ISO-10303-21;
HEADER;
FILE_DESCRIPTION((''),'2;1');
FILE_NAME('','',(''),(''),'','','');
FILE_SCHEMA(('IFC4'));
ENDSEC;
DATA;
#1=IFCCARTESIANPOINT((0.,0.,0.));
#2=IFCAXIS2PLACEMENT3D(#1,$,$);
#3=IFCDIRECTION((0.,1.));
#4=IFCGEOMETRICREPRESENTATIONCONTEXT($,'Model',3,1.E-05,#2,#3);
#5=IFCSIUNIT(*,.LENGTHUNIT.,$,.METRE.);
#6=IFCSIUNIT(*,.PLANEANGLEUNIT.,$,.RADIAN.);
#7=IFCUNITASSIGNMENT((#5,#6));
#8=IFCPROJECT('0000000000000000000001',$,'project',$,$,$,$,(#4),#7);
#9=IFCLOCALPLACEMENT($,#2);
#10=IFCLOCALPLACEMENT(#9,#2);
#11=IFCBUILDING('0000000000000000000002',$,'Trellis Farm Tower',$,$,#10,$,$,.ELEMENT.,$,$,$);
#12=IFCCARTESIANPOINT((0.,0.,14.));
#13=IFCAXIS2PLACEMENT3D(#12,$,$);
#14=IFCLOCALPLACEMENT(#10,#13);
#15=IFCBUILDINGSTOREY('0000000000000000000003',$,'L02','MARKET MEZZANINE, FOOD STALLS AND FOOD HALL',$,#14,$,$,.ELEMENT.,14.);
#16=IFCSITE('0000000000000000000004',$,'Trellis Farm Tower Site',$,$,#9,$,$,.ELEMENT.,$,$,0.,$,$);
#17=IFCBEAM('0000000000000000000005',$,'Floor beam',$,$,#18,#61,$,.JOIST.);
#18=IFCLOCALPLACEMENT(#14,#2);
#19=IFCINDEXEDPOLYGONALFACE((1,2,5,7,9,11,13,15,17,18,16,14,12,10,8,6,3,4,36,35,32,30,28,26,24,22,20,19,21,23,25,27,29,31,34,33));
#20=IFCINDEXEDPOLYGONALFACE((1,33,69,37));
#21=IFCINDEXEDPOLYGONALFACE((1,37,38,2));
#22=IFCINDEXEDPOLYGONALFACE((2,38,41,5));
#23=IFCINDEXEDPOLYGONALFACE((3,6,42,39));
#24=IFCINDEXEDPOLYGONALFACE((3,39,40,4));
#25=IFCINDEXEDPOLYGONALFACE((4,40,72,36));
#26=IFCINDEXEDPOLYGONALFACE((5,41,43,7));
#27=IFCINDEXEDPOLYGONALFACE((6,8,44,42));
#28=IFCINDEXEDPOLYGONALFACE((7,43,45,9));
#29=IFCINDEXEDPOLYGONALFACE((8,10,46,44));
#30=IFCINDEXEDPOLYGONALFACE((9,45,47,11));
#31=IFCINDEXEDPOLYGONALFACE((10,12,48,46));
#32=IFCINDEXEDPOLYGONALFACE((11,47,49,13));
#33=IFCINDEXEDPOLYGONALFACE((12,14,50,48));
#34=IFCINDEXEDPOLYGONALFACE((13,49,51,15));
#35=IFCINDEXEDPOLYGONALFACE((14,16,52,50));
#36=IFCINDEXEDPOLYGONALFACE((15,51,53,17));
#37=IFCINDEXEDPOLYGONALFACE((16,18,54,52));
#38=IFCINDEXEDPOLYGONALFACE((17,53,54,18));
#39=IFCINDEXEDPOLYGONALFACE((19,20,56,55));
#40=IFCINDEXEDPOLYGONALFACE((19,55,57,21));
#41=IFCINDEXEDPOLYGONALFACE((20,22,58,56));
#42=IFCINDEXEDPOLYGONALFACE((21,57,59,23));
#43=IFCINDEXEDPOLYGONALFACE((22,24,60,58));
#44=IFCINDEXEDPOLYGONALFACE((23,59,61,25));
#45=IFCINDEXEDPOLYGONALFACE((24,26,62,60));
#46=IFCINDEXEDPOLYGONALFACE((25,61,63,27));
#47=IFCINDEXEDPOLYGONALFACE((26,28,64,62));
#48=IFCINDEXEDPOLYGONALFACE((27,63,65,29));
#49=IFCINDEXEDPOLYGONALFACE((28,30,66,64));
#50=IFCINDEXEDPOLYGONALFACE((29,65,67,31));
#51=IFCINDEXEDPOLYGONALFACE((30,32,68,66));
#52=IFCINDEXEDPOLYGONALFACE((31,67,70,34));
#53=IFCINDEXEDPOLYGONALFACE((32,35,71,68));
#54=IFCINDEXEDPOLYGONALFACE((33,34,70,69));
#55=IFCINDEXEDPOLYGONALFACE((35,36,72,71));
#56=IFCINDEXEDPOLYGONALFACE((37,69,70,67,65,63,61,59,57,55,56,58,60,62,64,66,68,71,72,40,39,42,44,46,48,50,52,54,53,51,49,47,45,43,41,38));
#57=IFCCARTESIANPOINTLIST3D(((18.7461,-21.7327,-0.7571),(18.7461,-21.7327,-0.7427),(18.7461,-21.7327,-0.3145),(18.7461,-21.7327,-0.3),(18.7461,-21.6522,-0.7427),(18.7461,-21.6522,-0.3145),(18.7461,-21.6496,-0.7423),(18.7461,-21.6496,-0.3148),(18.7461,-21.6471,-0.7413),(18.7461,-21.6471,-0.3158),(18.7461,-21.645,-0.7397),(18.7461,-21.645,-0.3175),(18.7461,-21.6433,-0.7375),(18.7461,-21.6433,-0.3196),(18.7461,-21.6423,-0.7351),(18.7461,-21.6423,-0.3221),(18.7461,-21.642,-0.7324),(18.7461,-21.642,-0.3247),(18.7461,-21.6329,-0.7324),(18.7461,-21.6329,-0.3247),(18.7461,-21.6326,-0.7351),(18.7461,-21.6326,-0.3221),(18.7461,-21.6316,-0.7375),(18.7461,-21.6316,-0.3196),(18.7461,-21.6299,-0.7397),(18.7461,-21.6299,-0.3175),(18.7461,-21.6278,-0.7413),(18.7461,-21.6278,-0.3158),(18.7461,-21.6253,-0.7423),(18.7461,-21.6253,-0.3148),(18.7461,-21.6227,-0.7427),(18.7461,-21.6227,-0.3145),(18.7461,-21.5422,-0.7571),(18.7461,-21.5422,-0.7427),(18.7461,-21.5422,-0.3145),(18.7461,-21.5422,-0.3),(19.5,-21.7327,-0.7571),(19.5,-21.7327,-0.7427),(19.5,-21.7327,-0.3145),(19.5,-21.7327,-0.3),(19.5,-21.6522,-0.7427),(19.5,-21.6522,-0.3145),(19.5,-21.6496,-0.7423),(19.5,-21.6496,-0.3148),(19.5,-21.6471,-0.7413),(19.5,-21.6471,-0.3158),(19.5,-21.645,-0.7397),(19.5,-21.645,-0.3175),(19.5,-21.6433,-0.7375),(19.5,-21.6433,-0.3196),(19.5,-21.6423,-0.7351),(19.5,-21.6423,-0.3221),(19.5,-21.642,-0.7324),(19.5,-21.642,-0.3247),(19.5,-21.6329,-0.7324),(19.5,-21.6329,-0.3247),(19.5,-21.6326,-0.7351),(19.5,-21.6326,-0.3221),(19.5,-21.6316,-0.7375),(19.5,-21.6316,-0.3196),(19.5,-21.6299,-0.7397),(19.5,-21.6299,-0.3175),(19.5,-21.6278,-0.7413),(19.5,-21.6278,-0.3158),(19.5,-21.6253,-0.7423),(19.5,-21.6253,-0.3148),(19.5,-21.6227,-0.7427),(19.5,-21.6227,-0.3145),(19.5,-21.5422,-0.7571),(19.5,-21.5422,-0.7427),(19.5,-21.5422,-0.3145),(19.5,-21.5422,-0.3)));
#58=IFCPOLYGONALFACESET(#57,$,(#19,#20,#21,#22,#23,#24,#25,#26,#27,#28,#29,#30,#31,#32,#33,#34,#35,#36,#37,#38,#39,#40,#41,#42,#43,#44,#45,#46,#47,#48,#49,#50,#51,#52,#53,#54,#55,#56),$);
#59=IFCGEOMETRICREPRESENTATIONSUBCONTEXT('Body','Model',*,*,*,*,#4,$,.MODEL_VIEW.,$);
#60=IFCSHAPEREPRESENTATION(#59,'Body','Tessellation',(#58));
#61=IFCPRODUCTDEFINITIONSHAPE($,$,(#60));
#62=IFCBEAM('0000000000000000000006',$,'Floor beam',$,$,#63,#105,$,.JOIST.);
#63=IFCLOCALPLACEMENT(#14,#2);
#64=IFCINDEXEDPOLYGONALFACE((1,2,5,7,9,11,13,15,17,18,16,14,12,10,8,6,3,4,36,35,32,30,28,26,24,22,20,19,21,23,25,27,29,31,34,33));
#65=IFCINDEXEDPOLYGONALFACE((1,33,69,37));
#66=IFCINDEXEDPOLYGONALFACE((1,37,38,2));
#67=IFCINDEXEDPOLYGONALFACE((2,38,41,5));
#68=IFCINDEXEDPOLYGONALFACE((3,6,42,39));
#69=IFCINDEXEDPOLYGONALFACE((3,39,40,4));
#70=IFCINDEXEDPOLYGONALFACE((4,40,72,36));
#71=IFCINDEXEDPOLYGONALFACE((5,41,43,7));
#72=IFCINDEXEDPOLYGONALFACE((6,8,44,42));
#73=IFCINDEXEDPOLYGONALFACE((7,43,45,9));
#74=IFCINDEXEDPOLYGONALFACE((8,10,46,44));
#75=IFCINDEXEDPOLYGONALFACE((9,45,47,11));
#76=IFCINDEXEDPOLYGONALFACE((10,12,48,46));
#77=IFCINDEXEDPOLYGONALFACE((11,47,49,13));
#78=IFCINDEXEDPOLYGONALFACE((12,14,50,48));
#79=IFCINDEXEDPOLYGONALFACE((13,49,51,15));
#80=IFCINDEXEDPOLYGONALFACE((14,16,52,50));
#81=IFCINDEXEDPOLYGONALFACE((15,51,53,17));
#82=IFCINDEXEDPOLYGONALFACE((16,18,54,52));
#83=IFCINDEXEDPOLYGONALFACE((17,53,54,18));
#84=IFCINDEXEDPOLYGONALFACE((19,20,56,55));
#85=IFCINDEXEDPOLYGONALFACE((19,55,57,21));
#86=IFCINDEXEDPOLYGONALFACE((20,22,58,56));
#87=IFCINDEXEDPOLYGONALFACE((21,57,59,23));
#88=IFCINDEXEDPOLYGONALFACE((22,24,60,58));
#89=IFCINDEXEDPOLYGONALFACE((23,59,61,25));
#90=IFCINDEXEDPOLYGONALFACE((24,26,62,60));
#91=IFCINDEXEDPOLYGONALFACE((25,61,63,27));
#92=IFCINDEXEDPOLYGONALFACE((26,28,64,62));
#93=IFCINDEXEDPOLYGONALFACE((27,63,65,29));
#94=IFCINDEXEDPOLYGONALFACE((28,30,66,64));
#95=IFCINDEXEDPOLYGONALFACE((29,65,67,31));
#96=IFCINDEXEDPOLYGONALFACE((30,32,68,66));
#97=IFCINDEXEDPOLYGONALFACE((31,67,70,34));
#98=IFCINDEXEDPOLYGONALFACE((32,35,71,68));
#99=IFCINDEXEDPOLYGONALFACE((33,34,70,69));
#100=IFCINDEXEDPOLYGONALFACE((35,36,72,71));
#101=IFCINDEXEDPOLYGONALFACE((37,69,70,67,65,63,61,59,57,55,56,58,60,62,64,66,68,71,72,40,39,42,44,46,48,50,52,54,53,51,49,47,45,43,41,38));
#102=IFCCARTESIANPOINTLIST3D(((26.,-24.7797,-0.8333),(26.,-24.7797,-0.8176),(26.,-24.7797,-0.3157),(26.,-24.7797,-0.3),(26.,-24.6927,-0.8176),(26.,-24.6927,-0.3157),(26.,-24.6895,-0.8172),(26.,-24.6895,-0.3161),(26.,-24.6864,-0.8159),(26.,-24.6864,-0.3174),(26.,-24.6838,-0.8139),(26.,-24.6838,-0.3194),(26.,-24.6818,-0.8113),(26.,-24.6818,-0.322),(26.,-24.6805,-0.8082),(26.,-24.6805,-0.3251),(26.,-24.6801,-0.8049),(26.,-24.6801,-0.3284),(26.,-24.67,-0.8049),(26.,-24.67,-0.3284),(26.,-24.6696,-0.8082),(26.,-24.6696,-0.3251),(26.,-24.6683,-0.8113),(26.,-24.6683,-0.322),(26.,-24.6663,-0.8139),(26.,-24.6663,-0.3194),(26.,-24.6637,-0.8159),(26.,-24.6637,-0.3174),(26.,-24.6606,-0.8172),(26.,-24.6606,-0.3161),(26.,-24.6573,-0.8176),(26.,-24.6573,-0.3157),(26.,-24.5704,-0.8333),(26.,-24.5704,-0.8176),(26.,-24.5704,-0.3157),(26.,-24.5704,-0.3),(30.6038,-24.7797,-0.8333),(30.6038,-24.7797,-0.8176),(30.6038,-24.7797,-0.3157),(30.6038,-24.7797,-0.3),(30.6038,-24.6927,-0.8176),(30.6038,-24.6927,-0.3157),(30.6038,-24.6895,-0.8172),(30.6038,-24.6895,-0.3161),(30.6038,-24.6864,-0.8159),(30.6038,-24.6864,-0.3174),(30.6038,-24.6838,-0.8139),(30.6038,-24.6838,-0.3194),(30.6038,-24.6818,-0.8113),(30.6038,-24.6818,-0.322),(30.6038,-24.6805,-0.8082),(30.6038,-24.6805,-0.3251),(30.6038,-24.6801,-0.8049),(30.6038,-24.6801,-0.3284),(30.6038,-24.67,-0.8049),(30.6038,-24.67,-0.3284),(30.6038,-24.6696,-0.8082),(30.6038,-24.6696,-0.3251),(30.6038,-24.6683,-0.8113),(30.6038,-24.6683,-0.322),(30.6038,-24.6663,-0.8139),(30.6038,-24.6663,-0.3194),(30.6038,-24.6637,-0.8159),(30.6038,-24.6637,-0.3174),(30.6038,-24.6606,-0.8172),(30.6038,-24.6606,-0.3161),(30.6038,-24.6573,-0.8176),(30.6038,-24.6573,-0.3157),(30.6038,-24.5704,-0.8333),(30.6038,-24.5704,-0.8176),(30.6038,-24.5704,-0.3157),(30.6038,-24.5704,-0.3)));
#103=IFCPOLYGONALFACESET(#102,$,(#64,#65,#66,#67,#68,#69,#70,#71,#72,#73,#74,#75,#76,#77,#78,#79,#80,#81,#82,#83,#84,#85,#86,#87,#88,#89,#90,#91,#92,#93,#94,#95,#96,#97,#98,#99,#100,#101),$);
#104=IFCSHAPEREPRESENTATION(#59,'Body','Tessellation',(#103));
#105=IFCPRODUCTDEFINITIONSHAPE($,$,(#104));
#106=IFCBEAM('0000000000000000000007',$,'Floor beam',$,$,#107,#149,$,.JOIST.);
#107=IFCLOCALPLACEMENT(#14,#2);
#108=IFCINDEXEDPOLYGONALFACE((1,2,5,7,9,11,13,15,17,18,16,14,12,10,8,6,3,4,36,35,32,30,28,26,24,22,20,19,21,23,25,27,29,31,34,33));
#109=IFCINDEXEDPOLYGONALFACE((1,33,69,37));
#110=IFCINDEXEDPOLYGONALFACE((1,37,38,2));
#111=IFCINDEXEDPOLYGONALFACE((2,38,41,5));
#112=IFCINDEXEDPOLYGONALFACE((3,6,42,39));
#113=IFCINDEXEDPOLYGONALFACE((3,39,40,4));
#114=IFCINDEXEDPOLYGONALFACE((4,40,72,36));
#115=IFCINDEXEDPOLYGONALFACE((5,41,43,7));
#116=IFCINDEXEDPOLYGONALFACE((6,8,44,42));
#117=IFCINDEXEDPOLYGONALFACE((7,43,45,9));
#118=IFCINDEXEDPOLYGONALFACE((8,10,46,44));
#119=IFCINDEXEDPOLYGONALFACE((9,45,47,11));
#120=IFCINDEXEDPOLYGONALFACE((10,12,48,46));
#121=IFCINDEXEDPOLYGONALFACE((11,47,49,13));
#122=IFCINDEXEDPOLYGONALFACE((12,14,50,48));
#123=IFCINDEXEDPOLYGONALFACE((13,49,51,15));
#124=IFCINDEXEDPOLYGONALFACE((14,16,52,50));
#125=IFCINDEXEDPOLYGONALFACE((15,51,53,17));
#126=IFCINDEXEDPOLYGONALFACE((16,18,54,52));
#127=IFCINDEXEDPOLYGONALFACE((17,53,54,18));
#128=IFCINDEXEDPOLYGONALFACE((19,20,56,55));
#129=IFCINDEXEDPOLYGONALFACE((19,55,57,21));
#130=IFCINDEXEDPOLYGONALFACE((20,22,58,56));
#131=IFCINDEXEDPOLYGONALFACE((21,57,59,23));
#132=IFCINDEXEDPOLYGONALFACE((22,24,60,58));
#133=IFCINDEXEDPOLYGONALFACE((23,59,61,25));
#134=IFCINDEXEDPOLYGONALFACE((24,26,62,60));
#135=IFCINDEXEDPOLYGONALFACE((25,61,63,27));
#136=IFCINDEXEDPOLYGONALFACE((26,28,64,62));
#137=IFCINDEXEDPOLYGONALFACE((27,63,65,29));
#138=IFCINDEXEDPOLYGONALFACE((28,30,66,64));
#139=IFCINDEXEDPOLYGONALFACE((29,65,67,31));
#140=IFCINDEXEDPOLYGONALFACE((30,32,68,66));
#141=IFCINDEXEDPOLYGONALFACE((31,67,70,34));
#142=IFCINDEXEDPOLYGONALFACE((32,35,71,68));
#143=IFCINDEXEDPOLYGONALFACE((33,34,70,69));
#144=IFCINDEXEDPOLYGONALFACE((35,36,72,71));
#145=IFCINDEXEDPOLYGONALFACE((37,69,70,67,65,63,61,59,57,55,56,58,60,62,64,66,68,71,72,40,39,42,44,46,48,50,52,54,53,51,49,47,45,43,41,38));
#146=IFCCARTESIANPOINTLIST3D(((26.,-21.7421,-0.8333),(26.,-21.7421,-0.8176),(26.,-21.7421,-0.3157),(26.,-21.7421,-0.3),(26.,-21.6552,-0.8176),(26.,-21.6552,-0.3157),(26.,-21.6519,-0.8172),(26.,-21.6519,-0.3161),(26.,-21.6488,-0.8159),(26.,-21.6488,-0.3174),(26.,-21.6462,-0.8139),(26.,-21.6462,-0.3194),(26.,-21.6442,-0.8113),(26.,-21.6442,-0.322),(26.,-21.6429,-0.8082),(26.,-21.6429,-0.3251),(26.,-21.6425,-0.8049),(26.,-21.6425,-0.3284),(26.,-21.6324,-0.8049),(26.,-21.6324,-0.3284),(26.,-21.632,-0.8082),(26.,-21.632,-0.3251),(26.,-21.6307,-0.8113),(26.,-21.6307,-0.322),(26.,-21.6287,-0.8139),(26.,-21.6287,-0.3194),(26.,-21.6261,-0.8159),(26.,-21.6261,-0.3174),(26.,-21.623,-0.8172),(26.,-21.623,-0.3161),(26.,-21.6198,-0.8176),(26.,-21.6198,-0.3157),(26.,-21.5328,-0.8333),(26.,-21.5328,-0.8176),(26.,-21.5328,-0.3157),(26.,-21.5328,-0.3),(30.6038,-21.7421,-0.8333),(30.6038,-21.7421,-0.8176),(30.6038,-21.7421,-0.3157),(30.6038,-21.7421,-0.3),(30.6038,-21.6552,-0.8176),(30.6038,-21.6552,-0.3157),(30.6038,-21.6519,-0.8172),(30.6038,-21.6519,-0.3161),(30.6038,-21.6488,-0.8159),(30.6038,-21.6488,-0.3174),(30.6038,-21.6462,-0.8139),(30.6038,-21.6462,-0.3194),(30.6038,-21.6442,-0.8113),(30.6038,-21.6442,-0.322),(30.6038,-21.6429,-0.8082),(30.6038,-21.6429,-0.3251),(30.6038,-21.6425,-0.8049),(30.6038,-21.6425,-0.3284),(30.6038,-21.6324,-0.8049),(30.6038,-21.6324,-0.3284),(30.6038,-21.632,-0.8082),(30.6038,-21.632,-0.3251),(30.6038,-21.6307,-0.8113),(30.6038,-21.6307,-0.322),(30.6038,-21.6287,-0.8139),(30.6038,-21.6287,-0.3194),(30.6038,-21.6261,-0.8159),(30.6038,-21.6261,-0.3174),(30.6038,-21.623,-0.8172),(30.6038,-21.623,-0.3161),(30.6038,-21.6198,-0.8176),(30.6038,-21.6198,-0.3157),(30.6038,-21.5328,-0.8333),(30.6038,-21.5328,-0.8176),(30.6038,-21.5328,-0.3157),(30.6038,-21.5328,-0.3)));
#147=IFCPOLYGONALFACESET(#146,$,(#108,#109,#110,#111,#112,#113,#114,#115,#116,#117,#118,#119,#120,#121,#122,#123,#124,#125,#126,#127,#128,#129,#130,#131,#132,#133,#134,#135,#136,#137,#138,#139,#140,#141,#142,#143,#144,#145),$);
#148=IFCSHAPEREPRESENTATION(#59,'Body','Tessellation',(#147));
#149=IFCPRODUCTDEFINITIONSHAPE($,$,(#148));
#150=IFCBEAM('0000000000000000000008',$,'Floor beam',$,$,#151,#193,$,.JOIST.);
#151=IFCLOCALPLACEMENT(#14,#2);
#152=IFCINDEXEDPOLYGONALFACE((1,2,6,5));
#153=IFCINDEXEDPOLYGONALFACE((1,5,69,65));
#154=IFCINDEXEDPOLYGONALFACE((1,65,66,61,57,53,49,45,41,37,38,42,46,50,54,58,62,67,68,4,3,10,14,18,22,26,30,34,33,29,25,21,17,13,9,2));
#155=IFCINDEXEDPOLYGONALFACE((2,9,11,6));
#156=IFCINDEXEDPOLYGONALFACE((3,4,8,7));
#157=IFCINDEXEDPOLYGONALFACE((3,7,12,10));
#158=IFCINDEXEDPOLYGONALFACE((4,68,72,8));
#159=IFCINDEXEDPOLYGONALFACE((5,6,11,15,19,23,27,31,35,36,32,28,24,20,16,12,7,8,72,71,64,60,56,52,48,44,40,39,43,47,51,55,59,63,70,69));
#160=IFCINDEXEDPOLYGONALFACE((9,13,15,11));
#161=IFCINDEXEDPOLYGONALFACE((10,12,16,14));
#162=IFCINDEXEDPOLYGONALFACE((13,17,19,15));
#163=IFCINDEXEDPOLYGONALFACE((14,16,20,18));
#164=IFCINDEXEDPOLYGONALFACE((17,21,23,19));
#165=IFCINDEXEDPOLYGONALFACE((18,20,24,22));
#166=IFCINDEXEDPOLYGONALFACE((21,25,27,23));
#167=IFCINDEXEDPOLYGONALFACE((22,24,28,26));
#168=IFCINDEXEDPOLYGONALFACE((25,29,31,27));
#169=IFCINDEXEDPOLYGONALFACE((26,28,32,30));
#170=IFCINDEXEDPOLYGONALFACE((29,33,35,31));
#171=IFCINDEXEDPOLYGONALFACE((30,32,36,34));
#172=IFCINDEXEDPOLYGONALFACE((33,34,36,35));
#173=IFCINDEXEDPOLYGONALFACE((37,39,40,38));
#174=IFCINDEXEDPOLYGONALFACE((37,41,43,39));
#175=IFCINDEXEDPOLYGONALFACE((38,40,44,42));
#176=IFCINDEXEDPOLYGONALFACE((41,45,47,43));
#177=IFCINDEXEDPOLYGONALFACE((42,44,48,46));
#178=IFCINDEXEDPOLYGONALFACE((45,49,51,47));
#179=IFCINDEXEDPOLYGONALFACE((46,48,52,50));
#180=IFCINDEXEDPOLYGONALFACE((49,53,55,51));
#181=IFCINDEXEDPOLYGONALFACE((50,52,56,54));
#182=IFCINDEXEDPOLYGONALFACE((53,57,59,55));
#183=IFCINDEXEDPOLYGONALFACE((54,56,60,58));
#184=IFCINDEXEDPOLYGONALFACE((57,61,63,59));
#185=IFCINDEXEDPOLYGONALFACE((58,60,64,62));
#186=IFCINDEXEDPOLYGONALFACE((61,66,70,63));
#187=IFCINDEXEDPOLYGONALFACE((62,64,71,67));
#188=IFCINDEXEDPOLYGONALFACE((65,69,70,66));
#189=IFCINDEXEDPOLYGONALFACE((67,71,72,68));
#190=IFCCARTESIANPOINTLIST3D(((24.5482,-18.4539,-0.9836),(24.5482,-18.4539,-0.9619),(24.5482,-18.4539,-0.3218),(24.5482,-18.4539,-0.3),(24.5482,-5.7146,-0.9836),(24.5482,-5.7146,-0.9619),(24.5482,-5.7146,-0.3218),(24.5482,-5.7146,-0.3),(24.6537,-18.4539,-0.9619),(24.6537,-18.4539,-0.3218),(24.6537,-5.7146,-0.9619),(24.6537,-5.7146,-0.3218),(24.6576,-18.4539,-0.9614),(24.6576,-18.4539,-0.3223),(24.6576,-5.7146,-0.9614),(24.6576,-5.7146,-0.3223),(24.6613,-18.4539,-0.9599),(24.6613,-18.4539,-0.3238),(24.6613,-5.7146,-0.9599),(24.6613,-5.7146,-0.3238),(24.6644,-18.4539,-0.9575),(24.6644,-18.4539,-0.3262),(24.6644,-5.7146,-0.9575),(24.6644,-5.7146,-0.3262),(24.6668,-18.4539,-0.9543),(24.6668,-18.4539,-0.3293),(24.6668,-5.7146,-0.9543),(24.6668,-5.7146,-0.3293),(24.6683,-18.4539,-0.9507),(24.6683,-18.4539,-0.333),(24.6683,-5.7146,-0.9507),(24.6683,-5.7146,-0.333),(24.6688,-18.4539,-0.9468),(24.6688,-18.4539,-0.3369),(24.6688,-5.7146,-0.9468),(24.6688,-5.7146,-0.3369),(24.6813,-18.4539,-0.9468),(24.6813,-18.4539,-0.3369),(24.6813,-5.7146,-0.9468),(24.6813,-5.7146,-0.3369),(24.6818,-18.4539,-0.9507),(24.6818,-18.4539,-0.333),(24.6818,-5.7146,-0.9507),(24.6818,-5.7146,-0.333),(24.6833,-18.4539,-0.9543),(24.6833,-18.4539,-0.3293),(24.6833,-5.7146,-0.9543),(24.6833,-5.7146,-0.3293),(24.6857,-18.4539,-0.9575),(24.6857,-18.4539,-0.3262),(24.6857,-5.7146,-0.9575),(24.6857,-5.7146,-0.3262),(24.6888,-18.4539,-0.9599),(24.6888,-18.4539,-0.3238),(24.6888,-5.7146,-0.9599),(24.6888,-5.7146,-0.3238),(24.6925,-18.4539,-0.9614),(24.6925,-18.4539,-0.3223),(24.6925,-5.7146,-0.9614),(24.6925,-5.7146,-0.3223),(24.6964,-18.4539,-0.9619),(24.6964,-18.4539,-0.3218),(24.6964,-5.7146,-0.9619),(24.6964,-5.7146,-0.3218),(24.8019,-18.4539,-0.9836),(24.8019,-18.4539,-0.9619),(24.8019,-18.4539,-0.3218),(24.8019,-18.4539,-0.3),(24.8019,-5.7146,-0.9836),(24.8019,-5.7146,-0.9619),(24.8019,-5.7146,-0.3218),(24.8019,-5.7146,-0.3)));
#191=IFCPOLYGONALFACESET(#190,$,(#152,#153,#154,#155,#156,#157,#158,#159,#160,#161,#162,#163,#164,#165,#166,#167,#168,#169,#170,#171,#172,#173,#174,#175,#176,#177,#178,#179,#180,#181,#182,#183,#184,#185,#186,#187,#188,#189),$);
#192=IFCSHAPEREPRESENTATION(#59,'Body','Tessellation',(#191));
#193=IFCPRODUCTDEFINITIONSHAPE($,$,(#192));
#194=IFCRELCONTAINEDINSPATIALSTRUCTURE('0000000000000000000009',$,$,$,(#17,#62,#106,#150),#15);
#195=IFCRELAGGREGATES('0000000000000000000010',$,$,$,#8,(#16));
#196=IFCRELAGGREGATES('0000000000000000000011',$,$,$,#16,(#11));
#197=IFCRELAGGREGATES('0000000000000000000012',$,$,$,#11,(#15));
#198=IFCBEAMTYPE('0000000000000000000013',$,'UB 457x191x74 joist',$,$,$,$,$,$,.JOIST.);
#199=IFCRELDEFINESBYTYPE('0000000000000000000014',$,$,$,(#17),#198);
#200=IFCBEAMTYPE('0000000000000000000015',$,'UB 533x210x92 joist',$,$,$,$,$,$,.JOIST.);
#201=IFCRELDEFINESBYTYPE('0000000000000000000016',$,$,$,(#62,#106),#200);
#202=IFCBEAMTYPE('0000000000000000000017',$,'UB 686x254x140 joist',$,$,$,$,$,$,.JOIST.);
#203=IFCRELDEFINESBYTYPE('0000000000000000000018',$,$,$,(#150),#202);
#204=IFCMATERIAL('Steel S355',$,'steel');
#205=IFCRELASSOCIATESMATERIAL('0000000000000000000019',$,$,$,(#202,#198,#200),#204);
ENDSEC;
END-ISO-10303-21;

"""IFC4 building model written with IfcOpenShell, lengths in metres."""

from ifc_helpers import new_model, si_unit, direction, frame, origin, origin_2d, place, context, subcontext, project, spatial, i_section, extrude, source, transform, mapped, material, material_profile, profile_set, type_object, element, save


model = new_model("IFC4")

# Units and contexts
model_context = context("Model", 3, precision=1e-05, world=origin(), true_north=direction((0.0, 1.0)))
body_context = subcontext(model_context, "Body", "Model", "MODEL_VIEW")
ifc_project = project(units=[si_unit("LENGTHUNIT", "METRE"), si_unit("PLANEANGLEUNIT", "RADIAN")], contexts=[model_context])

# Site, building, storey
site_placement = place(None, origin())
site = spatial("IfcSite", under=ifc_project, at=site_placement, Name="Trellis Farm Tower Site", CompositionType="ELEMENT", RefElevation=0.0)
building_placement = place(site_placement, origin())
building = spatial("IfcBuilding", under=site, at=building_placement, Name="Trellis Farm Tower", CompositionType="ELEMENT")
storey_placement = place(building_placement, frame((0.0, 0.0, 14.0)))
storey = spatial("IfcBuildingStorey", under=building, at=storey_placement, Name="L02", Description="MARKET MEZZANINE, FOOD STALLS AND FOOD HALL", CompositionType="ELEMENT", Elevation=14.0)

# Beams
ifc_material_1 = material(Name="Steel S355", Category="steel")
ifc_material_profile_1 = material_profile(ifc_material_1, i_section(OverallWidth=0.2537, OverallDepth=0.6836, WebThickness=0.0125, FlangeThickness=0.0217, FilletRadius=0.0151, at=origin_2d()), Name="UB 686x254x140")
ifc_profile_set_1 = profile_set([ifc_material_profile_1], Name="Steel S355")
beam_type_1 = type_object("IfcBeamType", Name="UB 686x254x140 joist", PredefinedType="JOIST", material=ifc_profile_set_1)
ifc_material_profile_2 = material_profile(ifc_material_1, i_section(OverallWidth=0.1904, OverallDepth=0.457, WebThickness=0.009, FlangeThickness=0.0144, FilletRadius=0.0103, at=origin_2d()), Name="UB 457x191x74")
ifc_profile_set_2 = profile_set([ifc_material_profile_2], Name="Steel S355")
beam_type_2 = type_object("IfcBeamType", Name="UB 457x191x74 joist", PredefinedType="JOIST", material=ifc_profile_set_2)
shared_shape_1 = source(origin(), body_context, "Body", "SweptSolid", [
    extrude(i_section(OverallWidth=0.1904, OverallDepth=0.457, WebThickness=0.009, FlangeThickness=0.0144, FilletRadius=0.0103, at=origin_2d()), origin(), (0.0, 0.0, 1.0), 0.7539),
])
for number, where, z_axis, x_axis, name in (
    (1, (18.7461, -21.6375, -0.5286), (1.0, 0.0, 0.0), (0.0, 1.0, 0.0), "Floor beam"),
):
    element("IfcBeam", number, at=place(storey_placement, frame(where, z_axis=z_axis, x_axis=x_axis)), inside=storey, type_object=beam_type_2, Name=name, PredefinedType="JOIST", context=body_context, shape_type="MappedRepresentation", body=[
        mapped(shared_shape_1, transform((0.0, 0.0, 0.0))),
    ])
ifc_material_profile_3 = material_profile(ifc_material_1, i_section(OverallWidth=0.2092, OverallDepth=0.5332, WebThickness=0.01, FlangeThickness=0.0156, FilletRadius=0.0127, at=origin_2d()), Name="UB 533x210x92")
ifc_profile_set_3 = profile_set([ifc_material_profile_3], Name="Steel S355")
beam_type_3 = type_object("IfcBeamType", Name="UB 533x210x92 joist", PredefinedType="JOIST", material=ifc_profile_set_3)
shared_shape_2 = source(origin(), body_context, "Body", "SweptSolid", [
    extrude(i_section(OverallWidth=0.2092, OverallDepth=0.5332, WebThickness=0.01, FlangeThickness=0.0156, FilletRadius=0.0127, at=origin_2d()), origin(), (0.0, 0.0, 1.0), 4.6038),
])
for number, where, z_axis, x_axis, name in (
    (2, (26.0, -24.675, -0.5667), (1.0, 0.0, 0.0), (0.0, 1.0, 0.0), "Floor beam"),
    (3, (26.0, -21.6375, -0.5667), (1.0, 0.0, 0.0), (0.0, 1.0, 0.0), "Floor beam"),
):
    element("IfcBeam", number, at=place(storey_placement, frame(where, z_axis=z_axis, x_axis=x_axis)), inside=storey, type_object=beam_type_3, Name=name, PredefinedType="JOIST", context=body_context, shape_type="MappedRepresentation", body=[
        mapped(shared_shape_2, transform((0.0, 0.0, 0.0))),
    ])
shared_shape_3 = source(origin(), body_context, "Body", "SweptSolid", [
    extrude(i_section(OverallWidth=0.2537, OverallDepth=0.6836, WebThickness=0.0125, FlangeThickness=0.0217, FilletRadius=0.0151, at=origin_2d()), origin(), (0.0, 0.0, 1.0), 12.7393),
])
for number, where, z_axis, x_axis, name in (
    (4, (24.675, -18.4539, -0.6418), (0.0, 1.0, 0.0), (-1.0, 0.0, 0.0), "Floor beam"),
):
    element("IfcBeam", number, at=place(storey_placement, frame(where, z_axis=z_axis, x_axis=x_axis)), inside=storey, type_object=beam_type_1, Name=name, PredefinedType="JOIST", context=body_context, shape_type="MappedRepresentation", body=[
        mapped(shared_shape_3, transform((0.0, 0.0, 0.0))),
    ])

save(model, "model.ifc")
